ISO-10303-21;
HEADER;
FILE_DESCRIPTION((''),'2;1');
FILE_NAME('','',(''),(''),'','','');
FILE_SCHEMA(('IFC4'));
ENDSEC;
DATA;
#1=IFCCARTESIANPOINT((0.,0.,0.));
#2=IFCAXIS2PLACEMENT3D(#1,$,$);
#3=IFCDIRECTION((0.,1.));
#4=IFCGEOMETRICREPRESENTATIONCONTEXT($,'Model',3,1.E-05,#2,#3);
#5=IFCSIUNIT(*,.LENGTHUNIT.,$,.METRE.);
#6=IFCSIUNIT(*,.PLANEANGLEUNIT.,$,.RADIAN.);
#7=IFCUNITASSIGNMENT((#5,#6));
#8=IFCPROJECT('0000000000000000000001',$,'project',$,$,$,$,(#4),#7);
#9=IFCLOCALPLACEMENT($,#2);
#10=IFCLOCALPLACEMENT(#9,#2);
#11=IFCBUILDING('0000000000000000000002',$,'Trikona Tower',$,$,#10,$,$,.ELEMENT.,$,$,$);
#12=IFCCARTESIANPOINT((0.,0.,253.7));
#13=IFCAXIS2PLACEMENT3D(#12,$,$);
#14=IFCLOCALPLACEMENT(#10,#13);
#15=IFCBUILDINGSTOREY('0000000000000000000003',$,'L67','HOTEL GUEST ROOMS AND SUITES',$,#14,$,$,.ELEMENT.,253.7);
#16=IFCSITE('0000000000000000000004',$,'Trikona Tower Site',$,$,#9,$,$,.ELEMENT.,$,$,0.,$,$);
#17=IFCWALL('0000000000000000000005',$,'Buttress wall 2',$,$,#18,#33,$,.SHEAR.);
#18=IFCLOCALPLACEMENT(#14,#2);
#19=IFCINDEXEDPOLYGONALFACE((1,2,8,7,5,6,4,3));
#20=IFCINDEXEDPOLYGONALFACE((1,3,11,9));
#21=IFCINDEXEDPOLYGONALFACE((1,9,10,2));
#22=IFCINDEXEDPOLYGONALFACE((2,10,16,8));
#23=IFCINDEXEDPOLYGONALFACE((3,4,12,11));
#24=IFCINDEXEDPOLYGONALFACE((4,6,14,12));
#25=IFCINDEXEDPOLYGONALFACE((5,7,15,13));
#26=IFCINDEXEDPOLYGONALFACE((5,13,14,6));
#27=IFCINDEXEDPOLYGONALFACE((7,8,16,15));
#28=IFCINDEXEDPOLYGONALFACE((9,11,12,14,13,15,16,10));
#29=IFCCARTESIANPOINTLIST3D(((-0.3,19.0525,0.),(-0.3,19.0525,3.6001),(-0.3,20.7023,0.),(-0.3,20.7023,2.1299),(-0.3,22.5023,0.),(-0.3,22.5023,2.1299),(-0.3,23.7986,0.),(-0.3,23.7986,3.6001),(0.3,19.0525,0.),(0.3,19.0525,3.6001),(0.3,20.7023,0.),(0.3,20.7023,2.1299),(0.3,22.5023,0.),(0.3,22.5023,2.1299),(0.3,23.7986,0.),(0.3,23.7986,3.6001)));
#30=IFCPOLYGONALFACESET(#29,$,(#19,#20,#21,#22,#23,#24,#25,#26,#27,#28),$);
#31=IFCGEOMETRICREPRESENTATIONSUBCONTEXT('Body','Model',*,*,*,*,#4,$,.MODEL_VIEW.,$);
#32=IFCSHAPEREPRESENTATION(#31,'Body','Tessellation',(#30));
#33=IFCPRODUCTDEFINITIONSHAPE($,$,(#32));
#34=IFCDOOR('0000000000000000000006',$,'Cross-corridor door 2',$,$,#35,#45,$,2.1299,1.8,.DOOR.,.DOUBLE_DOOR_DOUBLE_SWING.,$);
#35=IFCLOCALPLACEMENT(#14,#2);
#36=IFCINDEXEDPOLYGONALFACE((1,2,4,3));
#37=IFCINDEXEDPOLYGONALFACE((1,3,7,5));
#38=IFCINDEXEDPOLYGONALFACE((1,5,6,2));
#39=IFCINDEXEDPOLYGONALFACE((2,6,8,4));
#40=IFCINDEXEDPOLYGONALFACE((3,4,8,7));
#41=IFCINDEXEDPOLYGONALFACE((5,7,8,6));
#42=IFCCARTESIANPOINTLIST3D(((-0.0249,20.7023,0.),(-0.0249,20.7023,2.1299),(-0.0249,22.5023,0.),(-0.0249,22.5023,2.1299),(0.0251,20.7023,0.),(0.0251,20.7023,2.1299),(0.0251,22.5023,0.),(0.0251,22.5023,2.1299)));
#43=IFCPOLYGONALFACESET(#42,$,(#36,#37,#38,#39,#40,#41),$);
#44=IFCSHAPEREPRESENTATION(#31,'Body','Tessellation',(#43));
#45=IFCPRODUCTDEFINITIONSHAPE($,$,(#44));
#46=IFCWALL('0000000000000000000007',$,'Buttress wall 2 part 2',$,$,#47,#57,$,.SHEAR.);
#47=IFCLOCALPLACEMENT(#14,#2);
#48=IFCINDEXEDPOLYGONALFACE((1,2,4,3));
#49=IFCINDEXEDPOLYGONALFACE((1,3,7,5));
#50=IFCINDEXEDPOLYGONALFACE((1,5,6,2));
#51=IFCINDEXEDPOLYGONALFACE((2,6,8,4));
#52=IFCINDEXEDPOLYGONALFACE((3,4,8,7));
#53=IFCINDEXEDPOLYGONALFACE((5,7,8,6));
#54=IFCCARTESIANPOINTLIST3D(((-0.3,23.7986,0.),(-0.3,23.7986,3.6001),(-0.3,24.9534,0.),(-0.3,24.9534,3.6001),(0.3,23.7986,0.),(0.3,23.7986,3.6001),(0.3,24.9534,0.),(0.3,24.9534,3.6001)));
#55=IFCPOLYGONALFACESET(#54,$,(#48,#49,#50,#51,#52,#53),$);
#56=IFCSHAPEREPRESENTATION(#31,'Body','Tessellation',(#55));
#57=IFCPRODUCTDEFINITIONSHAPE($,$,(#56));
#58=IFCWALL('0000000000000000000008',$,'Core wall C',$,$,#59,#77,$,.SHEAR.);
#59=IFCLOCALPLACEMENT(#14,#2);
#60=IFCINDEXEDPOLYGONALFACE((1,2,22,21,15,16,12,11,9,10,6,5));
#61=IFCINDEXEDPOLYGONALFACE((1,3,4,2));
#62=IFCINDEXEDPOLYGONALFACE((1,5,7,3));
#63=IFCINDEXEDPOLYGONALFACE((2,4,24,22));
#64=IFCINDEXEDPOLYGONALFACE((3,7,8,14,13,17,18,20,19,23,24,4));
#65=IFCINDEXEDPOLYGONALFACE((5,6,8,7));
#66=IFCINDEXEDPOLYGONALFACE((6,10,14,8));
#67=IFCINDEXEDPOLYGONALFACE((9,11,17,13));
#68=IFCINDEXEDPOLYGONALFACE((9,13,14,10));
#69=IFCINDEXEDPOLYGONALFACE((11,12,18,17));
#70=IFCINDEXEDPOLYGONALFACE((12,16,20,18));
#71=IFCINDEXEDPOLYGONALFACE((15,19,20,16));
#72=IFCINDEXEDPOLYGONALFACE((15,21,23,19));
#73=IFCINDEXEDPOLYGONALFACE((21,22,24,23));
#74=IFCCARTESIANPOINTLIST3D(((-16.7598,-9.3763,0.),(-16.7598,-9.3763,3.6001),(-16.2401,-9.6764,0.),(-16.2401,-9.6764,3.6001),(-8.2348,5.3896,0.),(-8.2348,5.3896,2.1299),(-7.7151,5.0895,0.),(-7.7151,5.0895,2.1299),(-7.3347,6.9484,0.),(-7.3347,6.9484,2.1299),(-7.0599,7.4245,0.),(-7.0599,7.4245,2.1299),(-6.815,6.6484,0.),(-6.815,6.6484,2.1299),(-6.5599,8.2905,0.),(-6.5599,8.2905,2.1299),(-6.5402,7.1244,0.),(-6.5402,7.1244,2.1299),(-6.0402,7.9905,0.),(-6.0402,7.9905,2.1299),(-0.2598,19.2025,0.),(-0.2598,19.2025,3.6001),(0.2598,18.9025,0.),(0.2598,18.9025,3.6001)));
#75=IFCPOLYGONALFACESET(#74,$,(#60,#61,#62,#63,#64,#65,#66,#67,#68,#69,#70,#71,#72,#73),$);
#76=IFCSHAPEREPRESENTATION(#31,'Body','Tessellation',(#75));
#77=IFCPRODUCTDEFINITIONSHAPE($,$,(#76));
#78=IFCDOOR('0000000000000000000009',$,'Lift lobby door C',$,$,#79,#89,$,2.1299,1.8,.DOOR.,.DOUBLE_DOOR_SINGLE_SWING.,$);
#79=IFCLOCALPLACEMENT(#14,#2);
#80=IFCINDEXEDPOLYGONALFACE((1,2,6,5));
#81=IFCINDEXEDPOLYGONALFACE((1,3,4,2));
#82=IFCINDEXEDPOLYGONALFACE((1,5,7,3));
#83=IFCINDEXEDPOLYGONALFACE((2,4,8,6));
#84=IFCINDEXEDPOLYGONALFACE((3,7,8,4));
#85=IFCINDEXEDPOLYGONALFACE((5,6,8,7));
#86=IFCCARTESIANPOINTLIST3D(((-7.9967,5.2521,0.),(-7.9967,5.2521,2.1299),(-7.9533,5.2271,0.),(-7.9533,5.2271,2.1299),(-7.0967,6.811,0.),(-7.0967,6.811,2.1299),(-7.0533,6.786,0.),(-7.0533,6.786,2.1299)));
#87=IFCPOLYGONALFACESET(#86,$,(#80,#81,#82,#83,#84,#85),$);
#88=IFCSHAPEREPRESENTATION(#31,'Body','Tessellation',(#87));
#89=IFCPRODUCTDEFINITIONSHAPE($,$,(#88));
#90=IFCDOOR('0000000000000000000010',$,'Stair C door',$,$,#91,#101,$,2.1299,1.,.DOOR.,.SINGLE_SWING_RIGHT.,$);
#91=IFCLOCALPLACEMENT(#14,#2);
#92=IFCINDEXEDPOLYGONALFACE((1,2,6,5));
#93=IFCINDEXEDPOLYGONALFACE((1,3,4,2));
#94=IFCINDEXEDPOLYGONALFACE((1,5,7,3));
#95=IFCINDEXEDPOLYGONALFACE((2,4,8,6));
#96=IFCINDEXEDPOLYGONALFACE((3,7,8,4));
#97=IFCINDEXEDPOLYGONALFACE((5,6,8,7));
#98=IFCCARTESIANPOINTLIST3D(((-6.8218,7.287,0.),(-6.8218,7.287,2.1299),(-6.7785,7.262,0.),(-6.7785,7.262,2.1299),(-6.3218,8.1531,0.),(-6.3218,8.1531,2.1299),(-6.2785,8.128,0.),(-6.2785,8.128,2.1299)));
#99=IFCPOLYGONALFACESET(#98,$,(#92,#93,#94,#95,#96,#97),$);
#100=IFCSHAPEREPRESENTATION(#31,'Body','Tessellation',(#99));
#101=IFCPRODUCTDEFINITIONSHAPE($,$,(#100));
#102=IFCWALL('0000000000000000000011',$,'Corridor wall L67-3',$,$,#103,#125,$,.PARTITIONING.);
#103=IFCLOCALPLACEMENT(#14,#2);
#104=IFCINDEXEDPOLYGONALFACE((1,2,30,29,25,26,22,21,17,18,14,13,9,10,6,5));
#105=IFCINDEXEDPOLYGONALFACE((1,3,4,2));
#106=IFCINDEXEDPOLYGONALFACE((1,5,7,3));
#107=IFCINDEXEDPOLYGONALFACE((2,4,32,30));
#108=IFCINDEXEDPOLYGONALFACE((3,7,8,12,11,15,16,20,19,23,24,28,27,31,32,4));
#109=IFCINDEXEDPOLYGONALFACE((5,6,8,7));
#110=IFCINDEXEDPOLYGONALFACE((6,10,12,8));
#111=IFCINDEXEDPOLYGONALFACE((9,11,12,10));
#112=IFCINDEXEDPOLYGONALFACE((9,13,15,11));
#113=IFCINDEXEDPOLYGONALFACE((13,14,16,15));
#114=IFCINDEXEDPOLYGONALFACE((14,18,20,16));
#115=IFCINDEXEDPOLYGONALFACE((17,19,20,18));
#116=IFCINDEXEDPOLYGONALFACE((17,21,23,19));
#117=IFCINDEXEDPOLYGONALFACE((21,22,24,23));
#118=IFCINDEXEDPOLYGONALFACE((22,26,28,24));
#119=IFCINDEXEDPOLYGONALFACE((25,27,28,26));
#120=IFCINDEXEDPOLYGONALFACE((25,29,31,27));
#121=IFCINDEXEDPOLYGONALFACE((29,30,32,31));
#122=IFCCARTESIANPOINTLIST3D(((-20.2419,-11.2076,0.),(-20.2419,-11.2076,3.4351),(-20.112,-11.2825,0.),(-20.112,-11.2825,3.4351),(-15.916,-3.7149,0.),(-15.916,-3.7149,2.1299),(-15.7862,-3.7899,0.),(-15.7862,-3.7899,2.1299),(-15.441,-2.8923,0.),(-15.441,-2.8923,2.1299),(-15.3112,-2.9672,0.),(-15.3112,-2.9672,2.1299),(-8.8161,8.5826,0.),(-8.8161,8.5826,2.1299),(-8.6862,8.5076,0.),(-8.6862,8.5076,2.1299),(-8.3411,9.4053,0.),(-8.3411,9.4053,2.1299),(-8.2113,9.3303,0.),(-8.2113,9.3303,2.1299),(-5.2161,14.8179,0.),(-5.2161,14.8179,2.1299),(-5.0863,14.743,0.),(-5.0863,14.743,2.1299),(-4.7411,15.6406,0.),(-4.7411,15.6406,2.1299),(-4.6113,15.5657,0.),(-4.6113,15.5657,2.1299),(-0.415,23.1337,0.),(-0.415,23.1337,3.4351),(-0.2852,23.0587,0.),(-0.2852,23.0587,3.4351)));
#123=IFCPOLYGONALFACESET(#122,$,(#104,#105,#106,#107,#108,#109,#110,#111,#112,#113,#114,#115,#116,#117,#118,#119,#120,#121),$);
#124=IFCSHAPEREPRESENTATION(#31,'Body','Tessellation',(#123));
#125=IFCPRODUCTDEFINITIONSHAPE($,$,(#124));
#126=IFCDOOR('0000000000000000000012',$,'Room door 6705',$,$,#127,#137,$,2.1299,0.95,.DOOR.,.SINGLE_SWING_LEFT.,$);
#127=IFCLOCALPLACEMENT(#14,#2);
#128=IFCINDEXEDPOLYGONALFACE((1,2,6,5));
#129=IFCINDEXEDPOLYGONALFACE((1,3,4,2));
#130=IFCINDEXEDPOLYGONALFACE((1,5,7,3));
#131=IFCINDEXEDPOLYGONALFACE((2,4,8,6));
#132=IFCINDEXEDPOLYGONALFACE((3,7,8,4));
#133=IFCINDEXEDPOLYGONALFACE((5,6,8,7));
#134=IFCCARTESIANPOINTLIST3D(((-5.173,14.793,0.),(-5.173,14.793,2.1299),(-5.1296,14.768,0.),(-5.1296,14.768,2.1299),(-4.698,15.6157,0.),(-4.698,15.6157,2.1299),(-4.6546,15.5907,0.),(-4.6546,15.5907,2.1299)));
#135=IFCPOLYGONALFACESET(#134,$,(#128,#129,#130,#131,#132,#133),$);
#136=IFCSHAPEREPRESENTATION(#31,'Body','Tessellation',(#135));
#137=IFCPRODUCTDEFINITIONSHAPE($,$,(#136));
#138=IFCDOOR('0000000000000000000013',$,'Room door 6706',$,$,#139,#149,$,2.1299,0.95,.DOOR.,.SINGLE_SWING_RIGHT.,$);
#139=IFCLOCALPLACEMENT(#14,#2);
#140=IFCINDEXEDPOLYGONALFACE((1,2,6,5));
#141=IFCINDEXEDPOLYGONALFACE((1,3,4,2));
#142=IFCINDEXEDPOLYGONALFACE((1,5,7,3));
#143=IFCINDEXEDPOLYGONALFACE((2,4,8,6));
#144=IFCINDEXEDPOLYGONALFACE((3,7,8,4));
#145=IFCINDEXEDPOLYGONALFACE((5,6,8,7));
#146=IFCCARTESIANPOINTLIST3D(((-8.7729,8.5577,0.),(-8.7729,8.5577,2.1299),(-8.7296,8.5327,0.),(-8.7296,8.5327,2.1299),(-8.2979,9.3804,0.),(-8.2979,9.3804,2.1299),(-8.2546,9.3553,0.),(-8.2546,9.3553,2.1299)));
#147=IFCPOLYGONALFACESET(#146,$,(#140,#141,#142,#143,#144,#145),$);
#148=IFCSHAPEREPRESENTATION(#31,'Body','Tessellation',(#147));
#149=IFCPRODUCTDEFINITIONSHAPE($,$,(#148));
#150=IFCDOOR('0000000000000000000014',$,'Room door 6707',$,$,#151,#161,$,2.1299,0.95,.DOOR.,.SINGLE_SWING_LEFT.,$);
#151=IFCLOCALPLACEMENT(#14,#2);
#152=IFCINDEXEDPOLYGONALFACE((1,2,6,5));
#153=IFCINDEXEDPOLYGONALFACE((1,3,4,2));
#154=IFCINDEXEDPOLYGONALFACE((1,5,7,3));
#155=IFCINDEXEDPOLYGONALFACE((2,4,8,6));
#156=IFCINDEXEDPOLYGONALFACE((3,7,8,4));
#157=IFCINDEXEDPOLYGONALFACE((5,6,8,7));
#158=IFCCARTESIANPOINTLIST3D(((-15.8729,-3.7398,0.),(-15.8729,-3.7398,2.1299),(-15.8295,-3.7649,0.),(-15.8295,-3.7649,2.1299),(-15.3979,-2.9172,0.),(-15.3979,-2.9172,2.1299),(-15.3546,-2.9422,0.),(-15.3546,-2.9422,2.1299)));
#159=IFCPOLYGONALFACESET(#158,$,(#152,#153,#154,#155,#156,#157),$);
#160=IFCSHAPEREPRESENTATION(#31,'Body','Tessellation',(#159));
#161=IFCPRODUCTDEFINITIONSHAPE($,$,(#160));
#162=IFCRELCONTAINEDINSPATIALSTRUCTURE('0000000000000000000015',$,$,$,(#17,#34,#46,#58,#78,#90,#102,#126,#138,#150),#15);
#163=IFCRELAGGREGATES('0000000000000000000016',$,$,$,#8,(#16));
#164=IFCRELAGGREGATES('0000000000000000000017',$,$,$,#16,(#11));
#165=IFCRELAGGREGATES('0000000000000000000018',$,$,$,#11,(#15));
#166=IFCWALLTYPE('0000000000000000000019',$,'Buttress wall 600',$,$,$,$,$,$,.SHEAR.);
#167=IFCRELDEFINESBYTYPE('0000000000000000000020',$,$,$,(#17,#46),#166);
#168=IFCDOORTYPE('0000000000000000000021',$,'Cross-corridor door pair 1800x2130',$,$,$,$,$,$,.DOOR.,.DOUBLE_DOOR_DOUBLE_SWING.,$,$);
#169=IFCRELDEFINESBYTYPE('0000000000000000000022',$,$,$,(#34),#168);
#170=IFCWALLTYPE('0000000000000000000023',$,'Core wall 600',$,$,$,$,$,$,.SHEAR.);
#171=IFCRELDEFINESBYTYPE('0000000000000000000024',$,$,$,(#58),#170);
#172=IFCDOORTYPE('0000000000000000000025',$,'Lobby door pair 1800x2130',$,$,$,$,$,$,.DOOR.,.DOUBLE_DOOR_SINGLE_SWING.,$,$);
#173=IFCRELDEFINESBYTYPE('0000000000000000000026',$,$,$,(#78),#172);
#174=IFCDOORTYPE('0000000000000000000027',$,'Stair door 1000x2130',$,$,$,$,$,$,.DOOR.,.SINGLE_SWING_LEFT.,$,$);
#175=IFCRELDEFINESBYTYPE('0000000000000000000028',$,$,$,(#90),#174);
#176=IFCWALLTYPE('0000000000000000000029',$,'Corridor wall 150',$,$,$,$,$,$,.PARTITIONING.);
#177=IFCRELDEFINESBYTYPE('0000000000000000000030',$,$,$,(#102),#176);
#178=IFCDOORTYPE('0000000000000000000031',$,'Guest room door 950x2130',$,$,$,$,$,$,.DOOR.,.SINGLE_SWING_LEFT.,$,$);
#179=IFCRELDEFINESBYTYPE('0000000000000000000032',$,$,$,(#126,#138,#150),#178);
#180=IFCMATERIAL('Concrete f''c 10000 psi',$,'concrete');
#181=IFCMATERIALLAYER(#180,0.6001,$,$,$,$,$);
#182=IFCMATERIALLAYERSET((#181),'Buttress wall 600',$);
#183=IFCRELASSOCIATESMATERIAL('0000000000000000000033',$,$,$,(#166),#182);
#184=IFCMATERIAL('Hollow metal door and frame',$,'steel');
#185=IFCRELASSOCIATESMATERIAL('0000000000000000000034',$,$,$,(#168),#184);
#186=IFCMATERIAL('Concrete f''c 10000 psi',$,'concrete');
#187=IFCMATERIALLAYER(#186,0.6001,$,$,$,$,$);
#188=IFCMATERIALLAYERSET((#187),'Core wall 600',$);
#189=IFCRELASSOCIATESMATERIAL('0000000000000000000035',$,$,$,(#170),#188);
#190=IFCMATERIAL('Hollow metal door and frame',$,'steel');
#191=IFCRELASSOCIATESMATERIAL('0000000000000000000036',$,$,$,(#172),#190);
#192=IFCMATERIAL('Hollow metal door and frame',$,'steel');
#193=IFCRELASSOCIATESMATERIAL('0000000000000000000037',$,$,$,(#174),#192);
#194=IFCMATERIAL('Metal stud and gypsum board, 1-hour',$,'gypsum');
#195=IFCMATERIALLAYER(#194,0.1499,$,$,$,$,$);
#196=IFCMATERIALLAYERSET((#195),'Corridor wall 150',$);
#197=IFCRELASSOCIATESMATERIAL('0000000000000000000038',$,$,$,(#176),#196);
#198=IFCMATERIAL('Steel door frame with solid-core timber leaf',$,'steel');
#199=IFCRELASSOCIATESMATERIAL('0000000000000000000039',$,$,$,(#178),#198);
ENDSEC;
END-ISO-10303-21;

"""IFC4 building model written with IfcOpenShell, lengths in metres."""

from ifc_helpers import new_model, si_unit, direction, frame, frame_2d, origin, place, context, subcontext, project, spatial, rectangle, extrude, material, layer, layer_set, type_object, element, fill, save


model = new_model("IFC4")

# Units and contexts
model_context = context("Model", 3, precision=1e-05, world=origin(), true_north=direction((0.0, 1.0)))
body_context = subcontext(model_context, "Body", "Model", "MODEL_VIEW")
ifc_project = project(units=[si_unit("LENGTHUNIT", "METRE"), si_unit("PLANEANGLEUNIT", "RADIAN")], contexts=[model_context])

# Site, building, storey
site_placement = place(None, origin())
site = spatial("IfcSite", under=ifc_project, at=site_placement, Name="Trikona Tower Site", CompositionType="ELEMENT", RefElevation=0.0)
building_placement = place(site_placement, origin())
building = spatial("IfcBuilding", under=site, at=building_placement, Name="Trikona Tower", CompositionType="ELEMENT")
storey_placement = place(building_placement, frame((0.0, 0.0, 253.7)))
storey = spatial("IfcBuildingStorey", under=building, at=storey_placement, Name="L67", Description="HOTEL GUEST ROOMS AND SUITES", CompositionType="ELEMENT", Elevation=253.7)

# Wall, opening, door
ifc_material_1 = material(Name="Concrete f'c 10000 psi", Category="concrete")
ifc_layer_1 = layer(ifc_material_1, 0.6001)
ifc_layer_set_1 = layer_set([ifc_layer_1], Name="Buttress wall 600")
wall_type_1 = type_object("IfcWallType", Name="Buttress wall 600", PredefinedType="SHEAR", material=ifc_layer_set_1)
wall_1_placement = place(storey_placement, frame((0.0, 19.0525, 0.0), z_axis=(0.0, 0.0, 1.0), x_axis=(0.0, 1.0, 0.0)))
wall_1 = element("IfcWall", 1, at=wall_1_placement, inside=storey, type_object=wall_type_1, Name="Buttress wall 2", PredefinedType="SHEAR", context=body_context, shape_type="SweptSolid", body=[
    extrude(rectangle(XDim=4.7461, YDim=0.6001, at=frame_2d((2.373, 0.0))), origin(), (0.0, 0.0, 1.0), 3.6001),
])
opening_1_placement = place(wall_1_placement, frame((1.6499, 0.0, 0.0)))
opening_1 = element("IfcOpeningElement", 2, at=opening_1_placement, cuts=wall_1, PredefinedType="OPENING", context=body_context, shape_type="SweptSolid", body=[
    extrude(rectangle(XDim=1.8, YDim=2.1299, at=frame_2d((0.8999, 1.0649))), frame((0.0, 0.3101, 0.0), z_axis=(0.0, -1.0, 0.0), x_axis=(1.0, 0.0, 0.0)), (0.0, 0.0, 1.0), 0.6201),
])
ifc_material_2 = material(Name="Hollow metal door and frame", Category="steel")
door_type_1 = type_object("IfcDoorType", Name="Cross-corridor door pair 1800x2130", OperationType="DOUBLE_DOOR_DOUBLE_SWING", PredefinedType="DOOR", material=ifc_material_2)
door_1_placement = place(opening_1_placement, origin())
door_1 = element("IfcDoor", 3, at=door_1_placement, inside=storey, type_object=door_type_1, Name="Cross-corridor door 2", OperationType="DOUBLE_DOOR_DOUBLE_SWING", OverallHeight=2.1299, OverallWidth=1.8, PredefinedType="DOOR", context=body_context, shape_type="SweptSolid", body=[
    extrude(rectangle(XDim=1.8, YDim=2.1299, at=frame_2d((0.8999, 1.0649))), frame((0.0, 0.0249, 0.0), z_axis=(0.0, -1.0, 0.0), x_axis=(1.0, 0.0, 0.0)), (0.0, 0.0, 1.0), 0.05),
])
fill(opening_1, door_1)

# Wall
wall_2_placement = place(storey_placement, frame((0.0, 23.7986, 0.0), z_axis=(0.0, 0.0, 1.0), x_axis=(0.0, 1.0, 0.0)))
element("IfcWall", 4, at=wall_2_placement, inside=storey, type_object=wall_type_1, Name="Buttress wall 2 part 2", PredefinedType="SHEAR", context=body_context, shape_type="SweptSolid", body=[
    extrude(rectangle(XDim=1.1548, YDim=0.6001, at=frame_2d((0.5774, 0.0))), origin(), (0.0, 0.0, 1.0), 3.6001),
])

# Walls, openings, doors
ifc_material_3 = material(Name="Concrete f'c 10000 psi", Category="concrete")
ifc_layer_2 = layer(ifc_material_3, 0.6001)
ifc_layer_set_2 = layer_set([ifc_layer_2], Name="Core wall 600")
wall_type_2 = type_object("IfcWallType", Name="Core wall 600", PredefinedType="SHEAR", material=ifc_layer_set_2)
wall_3_placement = place(storey_placement, frame((0.0, 19.0525, 0.0), z_axis=(0.0, 0.0, 1.0), x_axis=(-0.5, -0.866026, 0.0)))
wall_3 = element("IfcWall", 5, at=wall_3_placement, inside=storey, type_object=wall_type_2, Name="Core wall C", PredefinedType="SHEAR", context=body_context, shape_type="SweptSolid", body=[
    extrude(rectangle(XDim=33.0, YDim=0.6001, at=frame_2d((16.5, 0.0))), origin(), (0.0, 0.0, 1.0), 3.6001),
])
opening_2_placement = place(wall_3_placement, frame((14.1499, 0.0, 0.0)))
opening_2 = element("IfcOpeningElement", 6, at=opening_2_placement, cuts=wall_3, PredefinedType="OPENING", context=body_context, shape_type="SweptSolid", body=[
    extrude(rectangle(XDim=1.8, YDim=2.1299, at=frame_2d((0.8999, 1.0649))), frame((0.0, 0.3101, 0.0), z_axis=(0.0, -1.0, 0.0), x_axis=(1.0, 0.0, 0.0)), (0.0, 0.0, 1.0), 0.6201),
])
opening_3_placement = place(wall_3_placement, frame((12.6001, 0.0, 0.0)))
opening_3 = element("IfcOpeningElement", 7, at=opening_3_placement, cuts=wall_3, PredefinedType="OPENING", context=body_context, shape_type="SweptSolid", body=[
    extrude(rectangle(XDim=1.0, YDim=2.1299, at=frame_2d((0.5, 1.0649))), frame((0.0, 0.3101, 0.0), z_axis=(0.0, -1.0, 0.0), x_axis=(1.0, 0.0, 0.0)), (0.0, 0.0, 1.0), 0.6201),
])
ifc_material_4 = material(Name="Hollow metal door and frame", Category="steel")
door_type_2 = type_object("IfcDoorType", Name="Lobby door pair 1800x2130", OperationType="DOUBLE_DOOR_SINGLE_SWING", PredefinedType="DOOR", material=ifc_material_4)
door_2_placement = place(opening_2_placement, origin())
door_2 = element("IfcDoor", 8, at=door_2_placement, inside=storey, type_object=door_type_2, Name="Lift lobby door C", OperationType="DOUBLE_DOOR_SINGLE_SWING", OverallHeight=2.1299, OverallWidth=1.8, PredefinedType="DOOR", context=body_context, shape_type="SweptSolid", body=[
    extrude(rectangle(XDim=1.8, YDim=2.1299, at=frame_2d((0.8999, 1.0649))), frame((0.0, 0.0249, 0.0), z_axis=(0.0, -1.0, 0.0), x_axis=(1.0, 0.0, 0.0)), (0.0, 0.0, 1.0), 0.05),
])
fill(opening_2, door_2)
ifc_material_5 = material(Name="Hollow metal door and frame", Category="steel")
door_type_3 = type_object("IfcDoorType", Name="Stair door 1000x2130", OperationType="SINGLE_SWING_LEFT", PredefinedType="DOOR", material=ifc_material_5)
door_3_placement = place(opening_3_placement, origin())
door_3 = element("IfcDoor", 9, at=door_3_placement, inside=storey, type_object=door_type_3, Name="Stair C door", OperationType="SINGLE_SWING_RIGHT", OverallHeight=2.1299, OverallWidth=1.0, PredefinedType="DOOR", context=body_context, shape_type="SweptSolid", body=[
    extrude(rectangle(XDim=1.0, YDim=2.1299, at=frame_2d((0.5, 1.0649))), frame((0.0, 0.0249, 0.0), z_axis=(0.0, -1.0, 0.0), x_axis=(1.0, 0.0, 0.0)), (0.0, 0.0, 1.0), 0.05),
])
fill(opening_3, door_3)
ifc_material_6 = material(Name="Metal stud and gypsum board, 1-hour", Category="gypsum")
ifc_layer_3 = layer(ifc_material_6, 0.1499)
ifc_layer_set_3 = layer_set([ifc_layer_3], Name="Corridor wall 150")
wall_type_3 = type_object("IfcWallType", Name="Corridor wall 150", PredefinedType="PARTITIONING", material=ifc_layer_set_3)
wall_4_placement = place(storey_placement, frame((-0.3501, 23.0962, 0.0), z_axis=(0.0, 0.0, 1.0), x_axis=(-0.499999, -0.866026, 0.0)))
wall_4 = element("IfcWall", 10, at=wall_4_placement, inside=storey, type_object=wall_type_3, Name="Corridor wall L67-3", PredefinedType="PARTITIONING", context=body_context, shape_type="SweptSolid", body=[
    extrude(rectangle(XDim=39.6538, YDim=0.1499, at=frame_2d((19.8269, 0.0))), origin(), (0.0, 0.0, 1.0), 3.4351),
])
opening_4_placement = place(wall_4_placement, frame((8.6521, 0.0, 0.0)))
opening_4 = element("IfcOpeningElement", 11, at=opening_4_placement, cuts=wall_4, PredefinedType="OPENING", context=body_context, shape_type="SweptSolid", body=[
    extrude(rectangle(XDim=0.95, YDim=2.1299, at=frame_2d((0.4751, 1.0649))), frame((0.0, 0.085, 0.0), z_axis=(0.0, -1.0, 0.0), x_axis=(1.0, 0.0, 0.0)), (0.0, 0.0, 1.0), 0.1699),
])
opening_5_placement = place(wall_4_placement, frame((15.8521, 0.0, 0.0)))
opening_5 = element("IfcOpeningElement", 12, at=opening_5_placement, cuts=wall_4, PredefinedType="OPENING", context=body_context, shape_type="SweptSolid", body=[
    extrude(rectangle(XDim=0.95, YDim=2.1299, at=frame_2d((0.4751, 1.0649))), frame((0.0, 0.085, 0.0), z_axis=(0.0, -1.0, 0.0), x_axis=(1.0, 0.0, 0.0)), (0.0, 0.0, 1.0), 0.1699),
])
opening_6_placement = place(wall_4_placement, frame((30.052, 0.0, 0.0)))
opening_6 = element("IfcOpeningElement", 13, at=opening_6_placement, cuts=wall_4, PredefinedType="OPENING", context=body_context, shape_type="SweptSolid", body=[
    extrude(rectangle(XDim=0.95, YDim=2.1299, at=frame_2d((0.4751, 1.0649))), frame((0.0, 0.085, 0.0), z_axis=(0.0, -1.0, 0.0), x_axis=(1.0, 0.0, 0.0)), (0.0, 0.0, 1.0), 0.1699),
])
ifc_material_7 = material(Name="Steel door frame with solid-core timber leaf", Category="steel")
door_type_4 = type_object("IfcDoorType", Name="Guest room door 950x2130", OperationType="SINGLE_SWING_LEFT", PredefinedType="DOOR", material=ifc_material_7)
door_4_placement = place(opening_4_placement, origin())
door_4 = element("IfcDoor", 14, at=door_4_placement, inside=storey, type_object=door_type_4, Name="Room door 6705", OperationType="SINGLE_SWING_LEFT", OverallHeight=2.1299, OverallWidth=0.95, PredefinedType="DOOR", context=body_context, shape_type="SweptSolid", body=[
    extrude(rectangle(XDim=0.95, YDim=2.1299, at=frame_2d((0.4751, 1.0649))), frame((0.0, 0.0249, 0.0), z_axis=(0.0, -1.0, 0.0), x_axis=(1.0, 0.0, 0.0)), (0.0, 0.0, 1.0), 0.05),
])
fill(opening_4, door_4)
door_5_placement = place(opening_5_placement, origin())
door_5 = element("IfcDoor", 15, at=door_5_placement, inside=storey, type_object=door_type_4, Name="Room door 6706", OperationType="SINGLE_SWING_RIGHT", OverallHeight=2.1299, OverallWidth=0.95, PredefinedType="DOOR", context=body_context, shape_type="SweptSolid", body=[
    extrude(rectangle(XDim=0.95, YDim=2.1299, at=frame_2d((0.4751, 1.0649))), frame((0.0, 0.0249, 0.0), z_axis=(0.0, -1.0, 0.0), x_axis=(1.0, 0.0, 0.0)), (0.0, 0.0, 1.0), 0.05),
])
fill(opening_5, door_5)
door_6_placement = place(opening_6_placement, origin())
door_6 = element("IfcDoor", 16, at=door_6_placement, inside=storey, type_object=door_type_4, Name="Room door 6707", OperationType="SINGLE_SWING_LEFT", OverallHeight=2.1299, OverallWidth=0.95, PredefinedType="DOOR", context=body_context, shape_type="SweptSolid", body=[
    extrude(rectangle(XDim=0.95, YDim=2.1299, at=frame_2d((0.4751, 1.0649))), frame((0.0, 0.0249, 0.0), z_axis=(0.0, -1.0, 0.0), x_axis=(1.0, 0.0, 0.0)), (0.0, 0.0, 1.0), 0.05),
])
fill(opening_6, door_6)

save(model, "model.ifc")
